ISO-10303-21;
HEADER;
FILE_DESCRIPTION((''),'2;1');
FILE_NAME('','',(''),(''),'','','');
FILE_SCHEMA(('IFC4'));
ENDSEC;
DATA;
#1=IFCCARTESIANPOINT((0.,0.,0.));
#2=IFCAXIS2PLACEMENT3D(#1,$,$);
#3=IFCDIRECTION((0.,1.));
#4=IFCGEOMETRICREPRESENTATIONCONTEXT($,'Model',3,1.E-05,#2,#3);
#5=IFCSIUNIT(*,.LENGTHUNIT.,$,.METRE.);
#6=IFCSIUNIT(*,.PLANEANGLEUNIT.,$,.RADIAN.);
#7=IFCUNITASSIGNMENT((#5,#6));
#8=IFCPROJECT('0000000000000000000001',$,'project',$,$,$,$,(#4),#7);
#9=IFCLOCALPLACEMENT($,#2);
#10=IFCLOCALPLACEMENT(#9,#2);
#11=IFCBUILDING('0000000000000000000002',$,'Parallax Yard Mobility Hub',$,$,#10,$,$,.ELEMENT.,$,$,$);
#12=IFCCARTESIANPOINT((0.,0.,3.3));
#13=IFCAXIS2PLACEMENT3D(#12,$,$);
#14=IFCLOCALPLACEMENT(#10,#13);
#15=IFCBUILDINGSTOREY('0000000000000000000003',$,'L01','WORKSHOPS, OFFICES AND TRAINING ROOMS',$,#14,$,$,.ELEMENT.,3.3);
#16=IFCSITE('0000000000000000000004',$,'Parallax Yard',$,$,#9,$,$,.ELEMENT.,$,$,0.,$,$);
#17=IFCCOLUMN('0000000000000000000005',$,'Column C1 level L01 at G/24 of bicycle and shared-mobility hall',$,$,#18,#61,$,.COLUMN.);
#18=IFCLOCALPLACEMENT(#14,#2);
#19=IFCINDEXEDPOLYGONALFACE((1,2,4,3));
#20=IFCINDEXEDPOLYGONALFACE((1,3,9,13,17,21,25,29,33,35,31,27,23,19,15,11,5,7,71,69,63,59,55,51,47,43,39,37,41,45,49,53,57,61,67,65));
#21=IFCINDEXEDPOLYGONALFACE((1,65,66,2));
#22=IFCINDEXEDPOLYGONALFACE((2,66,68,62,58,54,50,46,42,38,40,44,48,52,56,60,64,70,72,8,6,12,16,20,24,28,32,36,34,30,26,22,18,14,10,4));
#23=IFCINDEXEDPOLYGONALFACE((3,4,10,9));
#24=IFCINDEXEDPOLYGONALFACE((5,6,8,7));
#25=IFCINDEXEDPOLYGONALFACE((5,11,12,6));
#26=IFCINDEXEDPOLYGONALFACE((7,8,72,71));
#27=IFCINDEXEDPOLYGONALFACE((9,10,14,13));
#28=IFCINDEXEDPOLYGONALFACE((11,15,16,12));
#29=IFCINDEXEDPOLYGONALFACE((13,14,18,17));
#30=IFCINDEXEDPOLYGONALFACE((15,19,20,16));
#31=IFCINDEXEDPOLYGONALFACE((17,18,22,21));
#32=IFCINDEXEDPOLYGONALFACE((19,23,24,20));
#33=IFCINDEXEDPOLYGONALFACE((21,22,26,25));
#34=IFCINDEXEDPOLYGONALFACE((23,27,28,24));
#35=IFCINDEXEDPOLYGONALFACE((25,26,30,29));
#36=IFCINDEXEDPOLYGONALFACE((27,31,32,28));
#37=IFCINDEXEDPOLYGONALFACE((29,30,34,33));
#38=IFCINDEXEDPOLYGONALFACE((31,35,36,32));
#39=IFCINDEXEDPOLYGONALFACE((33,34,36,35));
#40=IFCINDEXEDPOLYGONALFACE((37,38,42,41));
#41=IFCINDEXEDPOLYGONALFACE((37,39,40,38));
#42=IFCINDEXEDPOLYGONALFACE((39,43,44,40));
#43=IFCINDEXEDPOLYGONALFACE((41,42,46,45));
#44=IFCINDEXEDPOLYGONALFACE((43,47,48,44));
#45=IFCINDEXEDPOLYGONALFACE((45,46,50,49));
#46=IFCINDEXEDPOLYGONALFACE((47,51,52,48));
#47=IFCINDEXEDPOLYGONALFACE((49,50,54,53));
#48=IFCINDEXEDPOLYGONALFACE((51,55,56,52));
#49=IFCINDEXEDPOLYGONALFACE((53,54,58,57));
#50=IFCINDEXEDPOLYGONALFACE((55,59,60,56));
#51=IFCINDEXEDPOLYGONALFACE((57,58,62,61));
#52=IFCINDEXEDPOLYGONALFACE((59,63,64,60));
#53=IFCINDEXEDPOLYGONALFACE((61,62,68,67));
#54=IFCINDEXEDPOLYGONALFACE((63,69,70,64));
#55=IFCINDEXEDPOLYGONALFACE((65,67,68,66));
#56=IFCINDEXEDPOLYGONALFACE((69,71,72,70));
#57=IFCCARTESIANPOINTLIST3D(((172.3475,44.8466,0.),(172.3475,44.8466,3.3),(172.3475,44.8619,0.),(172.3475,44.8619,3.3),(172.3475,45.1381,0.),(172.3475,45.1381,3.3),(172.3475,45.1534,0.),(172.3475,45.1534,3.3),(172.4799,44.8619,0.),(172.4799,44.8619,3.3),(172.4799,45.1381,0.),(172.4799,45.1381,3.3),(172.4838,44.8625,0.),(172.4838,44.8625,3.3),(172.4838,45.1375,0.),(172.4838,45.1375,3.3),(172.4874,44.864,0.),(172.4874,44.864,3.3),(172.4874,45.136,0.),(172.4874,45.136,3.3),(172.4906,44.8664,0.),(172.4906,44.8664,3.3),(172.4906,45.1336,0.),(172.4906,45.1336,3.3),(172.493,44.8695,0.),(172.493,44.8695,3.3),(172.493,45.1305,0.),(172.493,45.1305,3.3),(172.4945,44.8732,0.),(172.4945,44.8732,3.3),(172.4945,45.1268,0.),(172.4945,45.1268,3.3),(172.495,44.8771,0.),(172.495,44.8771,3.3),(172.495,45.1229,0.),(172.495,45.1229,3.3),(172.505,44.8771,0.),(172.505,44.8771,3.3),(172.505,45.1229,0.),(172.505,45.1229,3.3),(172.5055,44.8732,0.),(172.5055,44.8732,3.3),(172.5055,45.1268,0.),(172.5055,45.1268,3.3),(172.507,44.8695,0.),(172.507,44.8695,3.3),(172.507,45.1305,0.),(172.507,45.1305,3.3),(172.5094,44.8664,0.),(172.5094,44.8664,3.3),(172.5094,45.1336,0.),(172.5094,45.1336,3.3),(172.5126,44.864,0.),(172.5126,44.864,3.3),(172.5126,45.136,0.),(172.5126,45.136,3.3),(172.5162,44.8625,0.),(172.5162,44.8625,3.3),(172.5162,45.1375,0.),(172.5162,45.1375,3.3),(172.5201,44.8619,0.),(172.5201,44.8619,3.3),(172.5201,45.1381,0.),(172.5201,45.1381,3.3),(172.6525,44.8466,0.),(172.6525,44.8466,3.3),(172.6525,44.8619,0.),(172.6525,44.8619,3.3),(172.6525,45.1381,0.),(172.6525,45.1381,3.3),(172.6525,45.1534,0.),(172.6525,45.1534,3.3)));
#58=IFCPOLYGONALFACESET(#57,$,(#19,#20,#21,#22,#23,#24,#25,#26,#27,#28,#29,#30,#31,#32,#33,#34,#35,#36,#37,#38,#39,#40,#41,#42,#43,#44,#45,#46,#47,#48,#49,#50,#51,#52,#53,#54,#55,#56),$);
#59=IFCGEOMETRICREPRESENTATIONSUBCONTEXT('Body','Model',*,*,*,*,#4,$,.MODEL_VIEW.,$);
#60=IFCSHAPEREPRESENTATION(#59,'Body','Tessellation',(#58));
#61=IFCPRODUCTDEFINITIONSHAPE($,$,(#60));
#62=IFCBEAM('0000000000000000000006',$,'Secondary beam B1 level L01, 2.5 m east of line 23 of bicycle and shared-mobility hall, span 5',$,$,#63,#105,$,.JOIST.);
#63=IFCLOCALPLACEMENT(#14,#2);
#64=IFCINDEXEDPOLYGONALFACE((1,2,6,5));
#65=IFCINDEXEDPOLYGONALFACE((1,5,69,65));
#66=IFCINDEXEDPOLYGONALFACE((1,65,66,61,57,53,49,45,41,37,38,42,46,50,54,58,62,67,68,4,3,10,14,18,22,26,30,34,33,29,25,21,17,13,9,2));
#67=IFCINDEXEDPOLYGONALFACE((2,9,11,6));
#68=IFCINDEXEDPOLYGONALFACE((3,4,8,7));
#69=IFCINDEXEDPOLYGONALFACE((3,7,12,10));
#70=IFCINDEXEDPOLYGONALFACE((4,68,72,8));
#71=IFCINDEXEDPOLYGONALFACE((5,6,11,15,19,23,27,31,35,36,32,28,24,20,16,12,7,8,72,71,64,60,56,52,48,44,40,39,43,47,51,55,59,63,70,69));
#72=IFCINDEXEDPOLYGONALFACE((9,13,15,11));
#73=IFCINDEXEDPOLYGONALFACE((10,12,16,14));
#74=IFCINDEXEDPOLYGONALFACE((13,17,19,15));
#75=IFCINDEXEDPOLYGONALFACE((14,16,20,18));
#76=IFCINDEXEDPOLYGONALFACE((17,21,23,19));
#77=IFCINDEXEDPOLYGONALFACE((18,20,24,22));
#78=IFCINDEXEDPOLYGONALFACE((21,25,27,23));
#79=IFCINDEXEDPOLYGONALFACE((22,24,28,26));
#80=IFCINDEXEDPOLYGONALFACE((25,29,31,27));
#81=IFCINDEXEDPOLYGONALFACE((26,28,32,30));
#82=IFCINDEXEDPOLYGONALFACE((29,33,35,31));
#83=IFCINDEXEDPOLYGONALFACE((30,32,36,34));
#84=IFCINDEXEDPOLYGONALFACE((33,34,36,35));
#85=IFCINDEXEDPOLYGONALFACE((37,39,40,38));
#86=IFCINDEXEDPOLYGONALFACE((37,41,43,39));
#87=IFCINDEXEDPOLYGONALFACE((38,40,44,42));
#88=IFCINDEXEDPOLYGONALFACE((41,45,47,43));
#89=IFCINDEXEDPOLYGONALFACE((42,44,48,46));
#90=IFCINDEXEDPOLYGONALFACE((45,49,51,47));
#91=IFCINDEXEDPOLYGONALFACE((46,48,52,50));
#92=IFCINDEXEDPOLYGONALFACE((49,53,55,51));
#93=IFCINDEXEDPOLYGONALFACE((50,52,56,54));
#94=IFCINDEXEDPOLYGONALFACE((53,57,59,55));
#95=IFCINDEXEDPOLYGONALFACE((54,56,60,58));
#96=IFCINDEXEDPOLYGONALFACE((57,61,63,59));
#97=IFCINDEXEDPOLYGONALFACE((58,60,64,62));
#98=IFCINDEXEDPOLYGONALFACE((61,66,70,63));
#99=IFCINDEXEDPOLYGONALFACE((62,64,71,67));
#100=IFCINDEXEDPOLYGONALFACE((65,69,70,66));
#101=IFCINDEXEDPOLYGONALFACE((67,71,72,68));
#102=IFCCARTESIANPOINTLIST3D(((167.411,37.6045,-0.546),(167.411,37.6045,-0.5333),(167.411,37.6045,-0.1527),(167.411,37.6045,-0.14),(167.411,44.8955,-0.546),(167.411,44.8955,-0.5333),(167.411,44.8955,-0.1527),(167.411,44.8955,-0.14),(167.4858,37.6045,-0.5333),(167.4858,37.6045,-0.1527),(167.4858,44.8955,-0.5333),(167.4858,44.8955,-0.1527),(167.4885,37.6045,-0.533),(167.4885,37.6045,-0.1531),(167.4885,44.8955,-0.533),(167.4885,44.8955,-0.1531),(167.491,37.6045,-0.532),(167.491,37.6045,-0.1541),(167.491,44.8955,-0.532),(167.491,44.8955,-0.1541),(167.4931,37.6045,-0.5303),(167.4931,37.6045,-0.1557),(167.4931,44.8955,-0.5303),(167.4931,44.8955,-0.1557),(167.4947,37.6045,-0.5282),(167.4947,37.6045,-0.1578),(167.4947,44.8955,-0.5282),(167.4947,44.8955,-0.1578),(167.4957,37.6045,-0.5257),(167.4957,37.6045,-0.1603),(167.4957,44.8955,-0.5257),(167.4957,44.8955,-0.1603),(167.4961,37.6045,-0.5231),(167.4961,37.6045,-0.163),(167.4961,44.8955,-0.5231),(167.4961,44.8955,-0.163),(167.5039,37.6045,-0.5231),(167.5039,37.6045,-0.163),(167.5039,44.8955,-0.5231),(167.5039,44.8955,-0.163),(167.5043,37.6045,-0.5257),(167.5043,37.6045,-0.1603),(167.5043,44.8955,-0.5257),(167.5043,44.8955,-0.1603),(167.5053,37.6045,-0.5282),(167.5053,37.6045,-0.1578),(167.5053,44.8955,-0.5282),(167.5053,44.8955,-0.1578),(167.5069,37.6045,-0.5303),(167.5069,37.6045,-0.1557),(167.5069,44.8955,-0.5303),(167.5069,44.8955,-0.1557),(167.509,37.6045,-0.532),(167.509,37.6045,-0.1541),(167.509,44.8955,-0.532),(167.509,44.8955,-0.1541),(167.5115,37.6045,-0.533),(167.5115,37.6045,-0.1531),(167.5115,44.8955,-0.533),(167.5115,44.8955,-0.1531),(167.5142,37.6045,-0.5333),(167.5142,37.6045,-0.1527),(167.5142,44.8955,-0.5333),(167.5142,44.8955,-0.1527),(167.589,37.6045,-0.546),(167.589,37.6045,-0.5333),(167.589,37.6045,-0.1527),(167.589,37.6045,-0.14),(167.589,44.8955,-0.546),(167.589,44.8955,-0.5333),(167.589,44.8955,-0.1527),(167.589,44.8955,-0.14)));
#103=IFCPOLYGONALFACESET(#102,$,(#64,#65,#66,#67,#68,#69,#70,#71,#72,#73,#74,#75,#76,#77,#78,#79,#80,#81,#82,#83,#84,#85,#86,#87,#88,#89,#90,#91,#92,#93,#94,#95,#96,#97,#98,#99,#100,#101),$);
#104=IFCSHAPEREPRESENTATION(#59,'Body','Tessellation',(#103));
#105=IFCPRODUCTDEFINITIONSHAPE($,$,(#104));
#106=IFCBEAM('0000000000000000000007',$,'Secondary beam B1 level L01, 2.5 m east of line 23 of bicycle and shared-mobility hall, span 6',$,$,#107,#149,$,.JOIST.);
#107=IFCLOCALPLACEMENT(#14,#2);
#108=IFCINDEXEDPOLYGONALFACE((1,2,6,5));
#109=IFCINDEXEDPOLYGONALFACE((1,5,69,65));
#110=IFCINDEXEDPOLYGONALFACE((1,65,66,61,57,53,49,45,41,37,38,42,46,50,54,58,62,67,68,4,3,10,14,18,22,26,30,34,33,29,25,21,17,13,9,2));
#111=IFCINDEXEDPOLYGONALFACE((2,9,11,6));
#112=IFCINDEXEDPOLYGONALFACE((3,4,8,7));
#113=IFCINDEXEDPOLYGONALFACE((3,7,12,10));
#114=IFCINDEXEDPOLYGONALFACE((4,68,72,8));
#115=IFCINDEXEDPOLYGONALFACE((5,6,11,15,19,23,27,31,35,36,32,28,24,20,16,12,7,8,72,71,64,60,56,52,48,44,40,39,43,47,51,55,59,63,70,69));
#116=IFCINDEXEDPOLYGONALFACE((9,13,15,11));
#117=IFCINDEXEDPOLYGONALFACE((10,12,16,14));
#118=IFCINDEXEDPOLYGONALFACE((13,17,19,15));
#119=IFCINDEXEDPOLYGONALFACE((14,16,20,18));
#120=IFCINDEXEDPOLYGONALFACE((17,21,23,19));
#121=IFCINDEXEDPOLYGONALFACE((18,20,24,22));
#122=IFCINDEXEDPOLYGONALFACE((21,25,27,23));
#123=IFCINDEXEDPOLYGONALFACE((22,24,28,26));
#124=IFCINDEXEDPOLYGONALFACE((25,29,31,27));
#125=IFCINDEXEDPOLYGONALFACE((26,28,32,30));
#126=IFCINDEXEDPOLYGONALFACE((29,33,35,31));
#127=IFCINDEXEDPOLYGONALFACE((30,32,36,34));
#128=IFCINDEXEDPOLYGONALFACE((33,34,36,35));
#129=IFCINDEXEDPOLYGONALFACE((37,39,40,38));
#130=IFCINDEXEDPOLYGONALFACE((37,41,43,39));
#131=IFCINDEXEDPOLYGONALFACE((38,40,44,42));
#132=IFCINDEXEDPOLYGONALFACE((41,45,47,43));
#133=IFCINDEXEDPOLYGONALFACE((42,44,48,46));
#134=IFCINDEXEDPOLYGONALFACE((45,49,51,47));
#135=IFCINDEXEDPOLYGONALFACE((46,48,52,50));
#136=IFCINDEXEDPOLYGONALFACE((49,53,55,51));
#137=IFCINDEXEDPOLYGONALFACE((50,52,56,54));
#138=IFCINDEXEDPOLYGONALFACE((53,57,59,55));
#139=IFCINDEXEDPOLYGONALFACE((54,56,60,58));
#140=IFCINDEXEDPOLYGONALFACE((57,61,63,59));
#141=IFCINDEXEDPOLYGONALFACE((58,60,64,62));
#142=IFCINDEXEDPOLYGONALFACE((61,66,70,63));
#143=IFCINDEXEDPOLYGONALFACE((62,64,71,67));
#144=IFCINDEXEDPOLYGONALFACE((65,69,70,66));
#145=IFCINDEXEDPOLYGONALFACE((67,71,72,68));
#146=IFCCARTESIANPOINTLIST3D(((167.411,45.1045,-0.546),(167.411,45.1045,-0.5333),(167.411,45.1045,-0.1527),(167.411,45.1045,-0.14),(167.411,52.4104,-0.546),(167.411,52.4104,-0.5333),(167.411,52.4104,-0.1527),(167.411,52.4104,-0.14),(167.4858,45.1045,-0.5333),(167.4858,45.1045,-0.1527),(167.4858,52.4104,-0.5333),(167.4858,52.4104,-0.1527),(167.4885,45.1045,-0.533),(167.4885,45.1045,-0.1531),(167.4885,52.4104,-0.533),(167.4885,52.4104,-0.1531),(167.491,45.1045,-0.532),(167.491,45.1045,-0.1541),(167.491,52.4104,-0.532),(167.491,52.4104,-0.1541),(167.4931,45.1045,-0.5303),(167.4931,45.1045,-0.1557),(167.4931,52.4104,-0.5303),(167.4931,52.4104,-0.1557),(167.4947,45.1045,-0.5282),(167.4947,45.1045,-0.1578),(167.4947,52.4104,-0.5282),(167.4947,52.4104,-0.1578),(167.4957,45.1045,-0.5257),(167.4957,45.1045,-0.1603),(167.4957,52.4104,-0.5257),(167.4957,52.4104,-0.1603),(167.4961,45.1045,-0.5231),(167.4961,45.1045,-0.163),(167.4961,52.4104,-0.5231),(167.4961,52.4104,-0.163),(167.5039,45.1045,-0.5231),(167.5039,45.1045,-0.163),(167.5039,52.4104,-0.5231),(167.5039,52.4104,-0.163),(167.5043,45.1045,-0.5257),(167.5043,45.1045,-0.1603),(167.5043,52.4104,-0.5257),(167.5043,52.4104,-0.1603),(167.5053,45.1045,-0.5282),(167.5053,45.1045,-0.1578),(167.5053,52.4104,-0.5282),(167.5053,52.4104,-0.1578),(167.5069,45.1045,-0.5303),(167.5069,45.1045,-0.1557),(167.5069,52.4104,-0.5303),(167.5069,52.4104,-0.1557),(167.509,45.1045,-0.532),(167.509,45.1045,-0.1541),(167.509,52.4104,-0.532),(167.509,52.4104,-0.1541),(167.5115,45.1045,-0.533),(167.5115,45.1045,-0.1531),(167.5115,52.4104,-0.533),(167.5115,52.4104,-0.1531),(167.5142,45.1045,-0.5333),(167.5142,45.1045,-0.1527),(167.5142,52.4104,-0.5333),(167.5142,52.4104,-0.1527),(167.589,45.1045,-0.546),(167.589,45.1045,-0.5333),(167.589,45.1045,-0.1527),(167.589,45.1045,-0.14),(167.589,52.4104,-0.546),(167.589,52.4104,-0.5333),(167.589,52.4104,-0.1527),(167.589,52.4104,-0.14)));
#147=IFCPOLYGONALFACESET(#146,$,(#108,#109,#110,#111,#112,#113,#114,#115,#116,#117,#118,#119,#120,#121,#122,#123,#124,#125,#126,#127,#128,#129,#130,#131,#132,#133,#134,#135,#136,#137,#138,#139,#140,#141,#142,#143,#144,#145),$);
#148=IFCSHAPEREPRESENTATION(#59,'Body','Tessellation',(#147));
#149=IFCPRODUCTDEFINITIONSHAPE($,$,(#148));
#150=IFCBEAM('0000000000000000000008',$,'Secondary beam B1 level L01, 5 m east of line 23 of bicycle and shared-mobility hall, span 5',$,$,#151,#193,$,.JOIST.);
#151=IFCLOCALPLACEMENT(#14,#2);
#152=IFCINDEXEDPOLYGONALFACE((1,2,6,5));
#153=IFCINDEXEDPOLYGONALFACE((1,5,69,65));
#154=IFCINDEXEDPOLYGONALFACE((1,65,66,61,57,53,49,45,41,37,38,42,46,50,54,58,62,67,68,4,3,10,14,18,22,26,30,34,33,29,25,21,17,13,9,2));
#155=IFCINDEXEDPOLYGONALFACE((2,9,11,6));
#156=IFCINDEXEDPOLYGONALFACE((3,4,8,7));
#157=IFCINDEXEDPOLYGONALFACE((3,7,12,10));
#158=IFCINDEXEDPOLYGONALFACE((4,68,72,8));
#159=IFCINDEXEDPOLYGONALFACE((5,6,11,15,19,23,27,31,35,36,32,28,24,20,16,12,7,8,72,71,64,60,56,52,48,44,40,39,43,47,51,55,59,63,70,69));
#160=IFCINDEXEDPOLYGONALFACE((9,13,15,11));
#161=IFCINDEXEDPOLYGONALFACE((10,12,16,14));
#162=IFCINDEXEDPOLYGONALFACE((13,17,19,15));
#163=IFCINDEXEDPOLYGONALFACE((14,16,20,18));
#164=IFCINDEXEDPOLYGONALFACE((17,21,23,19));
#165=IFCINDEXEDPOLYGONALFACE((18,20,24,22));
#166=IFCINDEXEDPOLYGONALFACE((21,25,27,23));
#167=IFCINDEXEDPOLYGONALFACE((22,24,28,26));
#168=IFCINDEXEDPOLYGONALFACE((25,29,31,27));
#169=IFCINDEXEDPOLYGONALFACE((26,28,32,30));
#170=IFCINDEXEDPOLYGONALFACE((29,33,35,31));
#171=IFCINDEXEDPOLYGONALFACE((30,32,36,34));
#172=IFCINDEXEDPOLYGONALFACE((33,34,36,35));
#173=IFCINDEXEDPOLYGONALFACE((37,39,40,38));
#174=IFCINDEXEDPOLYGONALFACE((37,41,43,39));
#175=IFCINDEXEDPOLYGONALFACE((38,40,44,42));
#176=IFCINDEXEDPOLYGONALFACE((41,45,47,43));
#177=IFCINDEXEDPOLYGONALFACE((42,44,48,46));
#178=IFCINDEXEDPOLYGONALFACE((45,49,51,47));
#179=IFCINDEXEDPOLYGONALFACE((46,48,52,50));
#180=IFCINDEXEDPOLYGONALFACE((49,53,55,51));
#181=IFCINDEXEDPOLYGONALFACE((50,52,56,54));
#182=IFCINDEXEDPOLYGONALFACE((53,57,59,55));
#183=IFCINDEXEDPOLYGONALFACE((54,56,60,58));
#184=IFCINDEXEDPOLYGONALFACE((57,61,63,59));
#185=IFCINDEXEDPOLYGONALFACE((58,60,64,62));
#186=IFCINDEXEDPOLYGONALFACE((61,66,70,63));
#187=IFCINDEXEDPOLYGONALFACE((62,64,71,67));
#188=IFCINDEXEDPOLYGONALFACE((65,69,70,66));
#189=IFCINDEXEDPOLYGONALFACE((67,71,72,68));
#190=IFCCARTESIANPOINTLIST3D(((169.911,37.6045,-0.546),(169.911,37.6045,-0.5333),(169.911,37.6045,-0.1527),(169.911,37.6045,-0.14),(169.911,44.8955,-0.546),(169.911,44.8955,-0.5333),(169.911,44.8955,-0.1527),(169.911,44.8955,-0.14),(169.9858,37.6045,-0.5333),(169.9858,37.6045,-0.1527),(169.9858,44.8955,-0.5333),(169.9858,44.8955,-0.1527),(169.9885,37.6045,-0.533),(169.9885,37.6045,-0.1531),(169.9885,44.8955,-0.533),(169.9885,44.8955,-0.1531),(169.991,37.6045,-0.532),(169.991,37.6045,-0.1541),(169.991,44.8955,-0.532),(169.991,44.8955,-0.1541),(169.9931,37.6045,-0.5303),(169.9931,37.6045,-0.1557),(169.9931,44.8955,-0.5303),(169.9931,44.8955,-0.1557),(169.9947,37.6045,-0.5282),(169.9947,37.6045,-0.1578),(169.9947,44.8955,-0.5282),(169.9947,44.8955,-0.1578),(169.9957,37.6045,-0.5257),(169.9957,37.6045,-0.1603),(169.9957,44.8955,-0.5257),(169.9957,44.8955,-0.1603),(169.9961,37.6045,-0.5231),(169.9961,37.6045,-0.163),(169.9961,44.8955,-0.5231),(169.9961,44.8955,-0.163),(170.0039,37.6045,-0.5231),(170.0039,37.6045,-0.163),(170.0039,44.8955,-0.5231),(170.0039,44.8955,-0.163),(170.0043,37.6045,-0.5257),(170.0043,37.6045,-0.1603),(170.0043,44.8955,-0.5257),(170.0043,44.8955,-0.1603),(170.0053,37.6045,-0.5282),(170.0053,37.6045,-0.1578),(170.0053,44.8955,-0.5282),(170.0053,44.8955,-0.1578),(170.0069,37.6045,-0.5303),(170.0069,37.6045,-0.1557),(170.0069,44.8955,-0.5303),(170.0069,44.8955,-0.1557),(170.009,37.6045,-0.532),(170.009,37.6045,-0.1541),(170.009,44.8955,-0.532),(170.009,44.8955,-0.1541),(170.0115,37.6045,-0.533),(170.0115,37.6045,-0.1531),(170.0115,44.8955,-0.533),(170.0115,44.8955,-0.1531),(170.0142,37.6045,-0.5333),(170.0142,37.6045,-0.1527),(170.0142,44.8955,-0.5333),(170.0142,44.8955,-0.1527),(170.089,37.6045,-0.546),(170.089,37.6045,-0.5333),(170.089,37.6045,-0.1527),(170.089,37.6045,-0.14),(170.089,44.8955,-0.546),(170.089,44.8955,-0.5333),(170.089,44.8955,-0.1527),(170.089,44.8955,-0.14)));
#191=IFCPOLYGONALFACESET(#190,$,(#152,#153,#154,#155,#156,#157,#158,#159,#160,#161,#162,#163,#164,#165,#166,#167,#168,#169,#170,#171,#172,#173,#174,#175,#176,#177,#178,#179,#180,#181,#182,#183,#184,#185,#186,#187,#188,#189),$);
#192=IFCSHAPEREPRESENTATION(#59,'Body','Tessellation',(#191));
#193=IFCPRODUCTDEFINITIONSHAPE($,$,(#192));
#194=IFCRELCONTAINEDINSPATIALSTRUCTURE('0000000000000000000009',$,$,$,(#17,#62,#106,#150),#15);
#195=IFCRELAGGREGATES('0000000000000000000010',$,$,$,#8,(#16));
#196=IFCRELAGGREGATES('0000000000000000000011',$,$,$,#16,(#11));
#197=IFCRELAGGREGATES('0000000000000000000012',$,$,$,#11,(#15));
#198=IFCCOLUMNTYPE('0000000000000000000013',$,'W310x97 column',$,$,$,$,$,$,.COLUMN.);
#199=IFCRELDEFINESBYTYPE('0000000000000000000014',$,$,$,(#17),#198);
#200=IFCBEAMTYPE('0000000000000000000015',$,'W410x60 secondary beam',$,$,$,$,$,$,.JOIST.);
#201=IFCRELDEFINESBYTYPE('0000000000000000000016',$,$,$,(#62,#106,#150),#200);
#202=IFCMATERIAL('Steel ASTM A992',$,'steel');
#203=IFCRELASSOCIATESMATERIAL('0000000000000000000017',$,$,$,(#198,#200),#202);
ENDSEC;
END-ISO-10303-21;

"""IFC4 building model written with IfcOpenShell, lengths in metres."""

from ifc_helpers import new_model, si_unit, direction, frame, origin, origin_2d, place, context, subcontext, project, spatial, i_section, extrude, material, material_profile, profile_set, type_object, element, save


model = new_model("IFC4")

# Units and contexts
model_context = context("Model", 3, precision=1e-05, world=origin(), true_north=direction((0.0, 1.0)))
body_context = subcontext(model_context, "Body", "Model", "MODEL_VIEW")
ifc_project = project(units=[si_unit("LENGTHUNIT", "METRE"), si_unit("PLANEANGLEUNIT", "RADIAN")], contexts=[model_context])

# Site, building, storey
site_placement = place(None, origin())
site = spatial("IfcSite", under=ifc_project, at=site_placement, Name="Parallax Yard", CompositionType="ELEMENT", RefElevation=0.0)
building_placement = place(site_placement, origin())
building = spatial("IfcBuilding", under=site, at=building_placement, Name="Parallax Yard Mobility Hub", CompositionType="ELEMENT")
storey_placement = place(building_placement, frame((0.0, 0.0, 3.3)))
storey = spatial("IfcBuildingStorey", under=building, at=storey_placement, Name="L01", Description="WORKSHOPS, OFFICES AND TRAINING ROOMS", CompositionType="ELEMENT", Elevation=3.3)

# Column
ifc_material_1 = material(Name="Steel ASTM A992", Category="steel")
ifc_material_profile_1 = material_profile(ifc_material_1, i_section(OverallWidth=0.3049, OverallDepth=0.3069, WebThickness=0.01, FlangeThickness=0.0154, FilletRadius=0.0151, at=origin_2d()), Name="W310x97")
ifc_profile_set_1 = profile_set([ifc_material_profile_1], Name="Steel ASTM A992")
column_type_1 = type_object("IfcColumnType", Name="W310x97 column", PredefinedType="COLUMN", material=ifc_profile_set_1)
for number, where, z_axis, x_axis, name in (
    (1, (172.5, 45.0, 0.0), (0.0, 0.0, 1.0), (1.0, 0.0, 0.0), "Column C1 level L01 at G/24 of bicycle and shared-mobility hall"),
):
    element("IfcColumn", number, at=place(storey_placement, frame(where, z_axis=z_axis, x_axis=x_axis)), inside=storey, type_object=column_type_1, Name=name, PredefinedType="COLUMN", context=body_context, shape_type="SweptSolid", body=[
        extrude(i_section(OverallWidth=0.3049, OverallDepth=0.3069, WebThickness=0.01, FlangeThickness=0.0154, FilletRadius=0.0151, at=origin_2d()), origin(), (0.0, 0.0, 1.0), 3.3),
    ])

# Beams
ifc_material_profile_2 = material_profile(ifc_material_1, i_section(OverallWidth=0.178, OverallDepth=0.406, WebThickness=0.0078, FlangeThickness=0.0127, FilletRadius=0.0103, at=origin_2d()), Name="W410x60")
ifc_profile_set_2 = profile_set([ifc_material_profile_2], Name="Steel ASTM A992")
beam_type_1 = type_object("IfcBeamType", Name="W410x60 secondary beam", PredefinedType="JOIST", material=ifc_profile_set_2)
beam_1_placement = place(storey_placement, frame((167.5, 37.6045, -0.343), z_axis=(0.0, 1.0, 0.0), x_axis=(-1.0, 0.0, 0.0)))
element("IfcBeam", 2, at=beam_1_placement, inside=storey, type_object=beam_type_1, Name="Secondary beam B1 level L01, 2.5 m east of line 23 of bicycle and shared-mobility hall, span 5", PredefinedType="JOIST", context=body_context, shape_type="SweptSolid", body=[
    extrude(i_section(OverallWidth=0.178, OverallDepth=0.406, WebThickness=0.0078, FlangeThickness=0.0127, FilletRadius=0.0103, at=origin_2d()), origin(), (0.0, 0.0, 1.0), 7.291),
])
beam_2_placement = place(storey_placement, frame((167.5, 45.1045, -0.343), z_axis=(0.0, 1.0, 0.0), x_axis=(-1.0, 0.0, 0.0)))
element("IfcBeam", 3, at=beam_2_placement, inside=storey, type_object=beam_type_1, Name="Secondary beam B1 level L01, 2.5 m east of line 23 of bicycle and shared-mobility hall, span 6", PredefinedType="JOIST", context=body_context, shape_type="SweptSolid", body=[
    extrude(i_section(OverallWidth=0.178, OverallDepth=0.406, WebThickness=0.0078, FlangeThickness=0.0127, FilletRadius=0.0103, at=origin_2d()), origin(), (0.0, 0.0, 1.0), 7.3059),
])
beam_3_placement = place(storey_placement, frame((170.0, 37.6045, -0.343), z_axis=(0.0, 1.0, 0.0), x_axis=(-1.0, 0.0, 0.0)))
element("IfcBeam", 4, at=beam_3_placement, inside=storey, type_object=beam_type_1, Name="Secondary beam B1 level L01, 5 m east of line 23 of bicycle and shared-mobility hall, span 5", PredefinedType="JOIST", context=body_context, shape_type="SweptSolid", body=[
    extrude(i_section(OverallWidth=0.178, OverallDepth=0.406, WebThickness=0.0078, FlangeThickness=0.0127, FilletRadius=0.0103, at=origin_2d()), origin(), (0.0, 0.0, 1.0), 7.291),
])

save(model, "model.ifc")
